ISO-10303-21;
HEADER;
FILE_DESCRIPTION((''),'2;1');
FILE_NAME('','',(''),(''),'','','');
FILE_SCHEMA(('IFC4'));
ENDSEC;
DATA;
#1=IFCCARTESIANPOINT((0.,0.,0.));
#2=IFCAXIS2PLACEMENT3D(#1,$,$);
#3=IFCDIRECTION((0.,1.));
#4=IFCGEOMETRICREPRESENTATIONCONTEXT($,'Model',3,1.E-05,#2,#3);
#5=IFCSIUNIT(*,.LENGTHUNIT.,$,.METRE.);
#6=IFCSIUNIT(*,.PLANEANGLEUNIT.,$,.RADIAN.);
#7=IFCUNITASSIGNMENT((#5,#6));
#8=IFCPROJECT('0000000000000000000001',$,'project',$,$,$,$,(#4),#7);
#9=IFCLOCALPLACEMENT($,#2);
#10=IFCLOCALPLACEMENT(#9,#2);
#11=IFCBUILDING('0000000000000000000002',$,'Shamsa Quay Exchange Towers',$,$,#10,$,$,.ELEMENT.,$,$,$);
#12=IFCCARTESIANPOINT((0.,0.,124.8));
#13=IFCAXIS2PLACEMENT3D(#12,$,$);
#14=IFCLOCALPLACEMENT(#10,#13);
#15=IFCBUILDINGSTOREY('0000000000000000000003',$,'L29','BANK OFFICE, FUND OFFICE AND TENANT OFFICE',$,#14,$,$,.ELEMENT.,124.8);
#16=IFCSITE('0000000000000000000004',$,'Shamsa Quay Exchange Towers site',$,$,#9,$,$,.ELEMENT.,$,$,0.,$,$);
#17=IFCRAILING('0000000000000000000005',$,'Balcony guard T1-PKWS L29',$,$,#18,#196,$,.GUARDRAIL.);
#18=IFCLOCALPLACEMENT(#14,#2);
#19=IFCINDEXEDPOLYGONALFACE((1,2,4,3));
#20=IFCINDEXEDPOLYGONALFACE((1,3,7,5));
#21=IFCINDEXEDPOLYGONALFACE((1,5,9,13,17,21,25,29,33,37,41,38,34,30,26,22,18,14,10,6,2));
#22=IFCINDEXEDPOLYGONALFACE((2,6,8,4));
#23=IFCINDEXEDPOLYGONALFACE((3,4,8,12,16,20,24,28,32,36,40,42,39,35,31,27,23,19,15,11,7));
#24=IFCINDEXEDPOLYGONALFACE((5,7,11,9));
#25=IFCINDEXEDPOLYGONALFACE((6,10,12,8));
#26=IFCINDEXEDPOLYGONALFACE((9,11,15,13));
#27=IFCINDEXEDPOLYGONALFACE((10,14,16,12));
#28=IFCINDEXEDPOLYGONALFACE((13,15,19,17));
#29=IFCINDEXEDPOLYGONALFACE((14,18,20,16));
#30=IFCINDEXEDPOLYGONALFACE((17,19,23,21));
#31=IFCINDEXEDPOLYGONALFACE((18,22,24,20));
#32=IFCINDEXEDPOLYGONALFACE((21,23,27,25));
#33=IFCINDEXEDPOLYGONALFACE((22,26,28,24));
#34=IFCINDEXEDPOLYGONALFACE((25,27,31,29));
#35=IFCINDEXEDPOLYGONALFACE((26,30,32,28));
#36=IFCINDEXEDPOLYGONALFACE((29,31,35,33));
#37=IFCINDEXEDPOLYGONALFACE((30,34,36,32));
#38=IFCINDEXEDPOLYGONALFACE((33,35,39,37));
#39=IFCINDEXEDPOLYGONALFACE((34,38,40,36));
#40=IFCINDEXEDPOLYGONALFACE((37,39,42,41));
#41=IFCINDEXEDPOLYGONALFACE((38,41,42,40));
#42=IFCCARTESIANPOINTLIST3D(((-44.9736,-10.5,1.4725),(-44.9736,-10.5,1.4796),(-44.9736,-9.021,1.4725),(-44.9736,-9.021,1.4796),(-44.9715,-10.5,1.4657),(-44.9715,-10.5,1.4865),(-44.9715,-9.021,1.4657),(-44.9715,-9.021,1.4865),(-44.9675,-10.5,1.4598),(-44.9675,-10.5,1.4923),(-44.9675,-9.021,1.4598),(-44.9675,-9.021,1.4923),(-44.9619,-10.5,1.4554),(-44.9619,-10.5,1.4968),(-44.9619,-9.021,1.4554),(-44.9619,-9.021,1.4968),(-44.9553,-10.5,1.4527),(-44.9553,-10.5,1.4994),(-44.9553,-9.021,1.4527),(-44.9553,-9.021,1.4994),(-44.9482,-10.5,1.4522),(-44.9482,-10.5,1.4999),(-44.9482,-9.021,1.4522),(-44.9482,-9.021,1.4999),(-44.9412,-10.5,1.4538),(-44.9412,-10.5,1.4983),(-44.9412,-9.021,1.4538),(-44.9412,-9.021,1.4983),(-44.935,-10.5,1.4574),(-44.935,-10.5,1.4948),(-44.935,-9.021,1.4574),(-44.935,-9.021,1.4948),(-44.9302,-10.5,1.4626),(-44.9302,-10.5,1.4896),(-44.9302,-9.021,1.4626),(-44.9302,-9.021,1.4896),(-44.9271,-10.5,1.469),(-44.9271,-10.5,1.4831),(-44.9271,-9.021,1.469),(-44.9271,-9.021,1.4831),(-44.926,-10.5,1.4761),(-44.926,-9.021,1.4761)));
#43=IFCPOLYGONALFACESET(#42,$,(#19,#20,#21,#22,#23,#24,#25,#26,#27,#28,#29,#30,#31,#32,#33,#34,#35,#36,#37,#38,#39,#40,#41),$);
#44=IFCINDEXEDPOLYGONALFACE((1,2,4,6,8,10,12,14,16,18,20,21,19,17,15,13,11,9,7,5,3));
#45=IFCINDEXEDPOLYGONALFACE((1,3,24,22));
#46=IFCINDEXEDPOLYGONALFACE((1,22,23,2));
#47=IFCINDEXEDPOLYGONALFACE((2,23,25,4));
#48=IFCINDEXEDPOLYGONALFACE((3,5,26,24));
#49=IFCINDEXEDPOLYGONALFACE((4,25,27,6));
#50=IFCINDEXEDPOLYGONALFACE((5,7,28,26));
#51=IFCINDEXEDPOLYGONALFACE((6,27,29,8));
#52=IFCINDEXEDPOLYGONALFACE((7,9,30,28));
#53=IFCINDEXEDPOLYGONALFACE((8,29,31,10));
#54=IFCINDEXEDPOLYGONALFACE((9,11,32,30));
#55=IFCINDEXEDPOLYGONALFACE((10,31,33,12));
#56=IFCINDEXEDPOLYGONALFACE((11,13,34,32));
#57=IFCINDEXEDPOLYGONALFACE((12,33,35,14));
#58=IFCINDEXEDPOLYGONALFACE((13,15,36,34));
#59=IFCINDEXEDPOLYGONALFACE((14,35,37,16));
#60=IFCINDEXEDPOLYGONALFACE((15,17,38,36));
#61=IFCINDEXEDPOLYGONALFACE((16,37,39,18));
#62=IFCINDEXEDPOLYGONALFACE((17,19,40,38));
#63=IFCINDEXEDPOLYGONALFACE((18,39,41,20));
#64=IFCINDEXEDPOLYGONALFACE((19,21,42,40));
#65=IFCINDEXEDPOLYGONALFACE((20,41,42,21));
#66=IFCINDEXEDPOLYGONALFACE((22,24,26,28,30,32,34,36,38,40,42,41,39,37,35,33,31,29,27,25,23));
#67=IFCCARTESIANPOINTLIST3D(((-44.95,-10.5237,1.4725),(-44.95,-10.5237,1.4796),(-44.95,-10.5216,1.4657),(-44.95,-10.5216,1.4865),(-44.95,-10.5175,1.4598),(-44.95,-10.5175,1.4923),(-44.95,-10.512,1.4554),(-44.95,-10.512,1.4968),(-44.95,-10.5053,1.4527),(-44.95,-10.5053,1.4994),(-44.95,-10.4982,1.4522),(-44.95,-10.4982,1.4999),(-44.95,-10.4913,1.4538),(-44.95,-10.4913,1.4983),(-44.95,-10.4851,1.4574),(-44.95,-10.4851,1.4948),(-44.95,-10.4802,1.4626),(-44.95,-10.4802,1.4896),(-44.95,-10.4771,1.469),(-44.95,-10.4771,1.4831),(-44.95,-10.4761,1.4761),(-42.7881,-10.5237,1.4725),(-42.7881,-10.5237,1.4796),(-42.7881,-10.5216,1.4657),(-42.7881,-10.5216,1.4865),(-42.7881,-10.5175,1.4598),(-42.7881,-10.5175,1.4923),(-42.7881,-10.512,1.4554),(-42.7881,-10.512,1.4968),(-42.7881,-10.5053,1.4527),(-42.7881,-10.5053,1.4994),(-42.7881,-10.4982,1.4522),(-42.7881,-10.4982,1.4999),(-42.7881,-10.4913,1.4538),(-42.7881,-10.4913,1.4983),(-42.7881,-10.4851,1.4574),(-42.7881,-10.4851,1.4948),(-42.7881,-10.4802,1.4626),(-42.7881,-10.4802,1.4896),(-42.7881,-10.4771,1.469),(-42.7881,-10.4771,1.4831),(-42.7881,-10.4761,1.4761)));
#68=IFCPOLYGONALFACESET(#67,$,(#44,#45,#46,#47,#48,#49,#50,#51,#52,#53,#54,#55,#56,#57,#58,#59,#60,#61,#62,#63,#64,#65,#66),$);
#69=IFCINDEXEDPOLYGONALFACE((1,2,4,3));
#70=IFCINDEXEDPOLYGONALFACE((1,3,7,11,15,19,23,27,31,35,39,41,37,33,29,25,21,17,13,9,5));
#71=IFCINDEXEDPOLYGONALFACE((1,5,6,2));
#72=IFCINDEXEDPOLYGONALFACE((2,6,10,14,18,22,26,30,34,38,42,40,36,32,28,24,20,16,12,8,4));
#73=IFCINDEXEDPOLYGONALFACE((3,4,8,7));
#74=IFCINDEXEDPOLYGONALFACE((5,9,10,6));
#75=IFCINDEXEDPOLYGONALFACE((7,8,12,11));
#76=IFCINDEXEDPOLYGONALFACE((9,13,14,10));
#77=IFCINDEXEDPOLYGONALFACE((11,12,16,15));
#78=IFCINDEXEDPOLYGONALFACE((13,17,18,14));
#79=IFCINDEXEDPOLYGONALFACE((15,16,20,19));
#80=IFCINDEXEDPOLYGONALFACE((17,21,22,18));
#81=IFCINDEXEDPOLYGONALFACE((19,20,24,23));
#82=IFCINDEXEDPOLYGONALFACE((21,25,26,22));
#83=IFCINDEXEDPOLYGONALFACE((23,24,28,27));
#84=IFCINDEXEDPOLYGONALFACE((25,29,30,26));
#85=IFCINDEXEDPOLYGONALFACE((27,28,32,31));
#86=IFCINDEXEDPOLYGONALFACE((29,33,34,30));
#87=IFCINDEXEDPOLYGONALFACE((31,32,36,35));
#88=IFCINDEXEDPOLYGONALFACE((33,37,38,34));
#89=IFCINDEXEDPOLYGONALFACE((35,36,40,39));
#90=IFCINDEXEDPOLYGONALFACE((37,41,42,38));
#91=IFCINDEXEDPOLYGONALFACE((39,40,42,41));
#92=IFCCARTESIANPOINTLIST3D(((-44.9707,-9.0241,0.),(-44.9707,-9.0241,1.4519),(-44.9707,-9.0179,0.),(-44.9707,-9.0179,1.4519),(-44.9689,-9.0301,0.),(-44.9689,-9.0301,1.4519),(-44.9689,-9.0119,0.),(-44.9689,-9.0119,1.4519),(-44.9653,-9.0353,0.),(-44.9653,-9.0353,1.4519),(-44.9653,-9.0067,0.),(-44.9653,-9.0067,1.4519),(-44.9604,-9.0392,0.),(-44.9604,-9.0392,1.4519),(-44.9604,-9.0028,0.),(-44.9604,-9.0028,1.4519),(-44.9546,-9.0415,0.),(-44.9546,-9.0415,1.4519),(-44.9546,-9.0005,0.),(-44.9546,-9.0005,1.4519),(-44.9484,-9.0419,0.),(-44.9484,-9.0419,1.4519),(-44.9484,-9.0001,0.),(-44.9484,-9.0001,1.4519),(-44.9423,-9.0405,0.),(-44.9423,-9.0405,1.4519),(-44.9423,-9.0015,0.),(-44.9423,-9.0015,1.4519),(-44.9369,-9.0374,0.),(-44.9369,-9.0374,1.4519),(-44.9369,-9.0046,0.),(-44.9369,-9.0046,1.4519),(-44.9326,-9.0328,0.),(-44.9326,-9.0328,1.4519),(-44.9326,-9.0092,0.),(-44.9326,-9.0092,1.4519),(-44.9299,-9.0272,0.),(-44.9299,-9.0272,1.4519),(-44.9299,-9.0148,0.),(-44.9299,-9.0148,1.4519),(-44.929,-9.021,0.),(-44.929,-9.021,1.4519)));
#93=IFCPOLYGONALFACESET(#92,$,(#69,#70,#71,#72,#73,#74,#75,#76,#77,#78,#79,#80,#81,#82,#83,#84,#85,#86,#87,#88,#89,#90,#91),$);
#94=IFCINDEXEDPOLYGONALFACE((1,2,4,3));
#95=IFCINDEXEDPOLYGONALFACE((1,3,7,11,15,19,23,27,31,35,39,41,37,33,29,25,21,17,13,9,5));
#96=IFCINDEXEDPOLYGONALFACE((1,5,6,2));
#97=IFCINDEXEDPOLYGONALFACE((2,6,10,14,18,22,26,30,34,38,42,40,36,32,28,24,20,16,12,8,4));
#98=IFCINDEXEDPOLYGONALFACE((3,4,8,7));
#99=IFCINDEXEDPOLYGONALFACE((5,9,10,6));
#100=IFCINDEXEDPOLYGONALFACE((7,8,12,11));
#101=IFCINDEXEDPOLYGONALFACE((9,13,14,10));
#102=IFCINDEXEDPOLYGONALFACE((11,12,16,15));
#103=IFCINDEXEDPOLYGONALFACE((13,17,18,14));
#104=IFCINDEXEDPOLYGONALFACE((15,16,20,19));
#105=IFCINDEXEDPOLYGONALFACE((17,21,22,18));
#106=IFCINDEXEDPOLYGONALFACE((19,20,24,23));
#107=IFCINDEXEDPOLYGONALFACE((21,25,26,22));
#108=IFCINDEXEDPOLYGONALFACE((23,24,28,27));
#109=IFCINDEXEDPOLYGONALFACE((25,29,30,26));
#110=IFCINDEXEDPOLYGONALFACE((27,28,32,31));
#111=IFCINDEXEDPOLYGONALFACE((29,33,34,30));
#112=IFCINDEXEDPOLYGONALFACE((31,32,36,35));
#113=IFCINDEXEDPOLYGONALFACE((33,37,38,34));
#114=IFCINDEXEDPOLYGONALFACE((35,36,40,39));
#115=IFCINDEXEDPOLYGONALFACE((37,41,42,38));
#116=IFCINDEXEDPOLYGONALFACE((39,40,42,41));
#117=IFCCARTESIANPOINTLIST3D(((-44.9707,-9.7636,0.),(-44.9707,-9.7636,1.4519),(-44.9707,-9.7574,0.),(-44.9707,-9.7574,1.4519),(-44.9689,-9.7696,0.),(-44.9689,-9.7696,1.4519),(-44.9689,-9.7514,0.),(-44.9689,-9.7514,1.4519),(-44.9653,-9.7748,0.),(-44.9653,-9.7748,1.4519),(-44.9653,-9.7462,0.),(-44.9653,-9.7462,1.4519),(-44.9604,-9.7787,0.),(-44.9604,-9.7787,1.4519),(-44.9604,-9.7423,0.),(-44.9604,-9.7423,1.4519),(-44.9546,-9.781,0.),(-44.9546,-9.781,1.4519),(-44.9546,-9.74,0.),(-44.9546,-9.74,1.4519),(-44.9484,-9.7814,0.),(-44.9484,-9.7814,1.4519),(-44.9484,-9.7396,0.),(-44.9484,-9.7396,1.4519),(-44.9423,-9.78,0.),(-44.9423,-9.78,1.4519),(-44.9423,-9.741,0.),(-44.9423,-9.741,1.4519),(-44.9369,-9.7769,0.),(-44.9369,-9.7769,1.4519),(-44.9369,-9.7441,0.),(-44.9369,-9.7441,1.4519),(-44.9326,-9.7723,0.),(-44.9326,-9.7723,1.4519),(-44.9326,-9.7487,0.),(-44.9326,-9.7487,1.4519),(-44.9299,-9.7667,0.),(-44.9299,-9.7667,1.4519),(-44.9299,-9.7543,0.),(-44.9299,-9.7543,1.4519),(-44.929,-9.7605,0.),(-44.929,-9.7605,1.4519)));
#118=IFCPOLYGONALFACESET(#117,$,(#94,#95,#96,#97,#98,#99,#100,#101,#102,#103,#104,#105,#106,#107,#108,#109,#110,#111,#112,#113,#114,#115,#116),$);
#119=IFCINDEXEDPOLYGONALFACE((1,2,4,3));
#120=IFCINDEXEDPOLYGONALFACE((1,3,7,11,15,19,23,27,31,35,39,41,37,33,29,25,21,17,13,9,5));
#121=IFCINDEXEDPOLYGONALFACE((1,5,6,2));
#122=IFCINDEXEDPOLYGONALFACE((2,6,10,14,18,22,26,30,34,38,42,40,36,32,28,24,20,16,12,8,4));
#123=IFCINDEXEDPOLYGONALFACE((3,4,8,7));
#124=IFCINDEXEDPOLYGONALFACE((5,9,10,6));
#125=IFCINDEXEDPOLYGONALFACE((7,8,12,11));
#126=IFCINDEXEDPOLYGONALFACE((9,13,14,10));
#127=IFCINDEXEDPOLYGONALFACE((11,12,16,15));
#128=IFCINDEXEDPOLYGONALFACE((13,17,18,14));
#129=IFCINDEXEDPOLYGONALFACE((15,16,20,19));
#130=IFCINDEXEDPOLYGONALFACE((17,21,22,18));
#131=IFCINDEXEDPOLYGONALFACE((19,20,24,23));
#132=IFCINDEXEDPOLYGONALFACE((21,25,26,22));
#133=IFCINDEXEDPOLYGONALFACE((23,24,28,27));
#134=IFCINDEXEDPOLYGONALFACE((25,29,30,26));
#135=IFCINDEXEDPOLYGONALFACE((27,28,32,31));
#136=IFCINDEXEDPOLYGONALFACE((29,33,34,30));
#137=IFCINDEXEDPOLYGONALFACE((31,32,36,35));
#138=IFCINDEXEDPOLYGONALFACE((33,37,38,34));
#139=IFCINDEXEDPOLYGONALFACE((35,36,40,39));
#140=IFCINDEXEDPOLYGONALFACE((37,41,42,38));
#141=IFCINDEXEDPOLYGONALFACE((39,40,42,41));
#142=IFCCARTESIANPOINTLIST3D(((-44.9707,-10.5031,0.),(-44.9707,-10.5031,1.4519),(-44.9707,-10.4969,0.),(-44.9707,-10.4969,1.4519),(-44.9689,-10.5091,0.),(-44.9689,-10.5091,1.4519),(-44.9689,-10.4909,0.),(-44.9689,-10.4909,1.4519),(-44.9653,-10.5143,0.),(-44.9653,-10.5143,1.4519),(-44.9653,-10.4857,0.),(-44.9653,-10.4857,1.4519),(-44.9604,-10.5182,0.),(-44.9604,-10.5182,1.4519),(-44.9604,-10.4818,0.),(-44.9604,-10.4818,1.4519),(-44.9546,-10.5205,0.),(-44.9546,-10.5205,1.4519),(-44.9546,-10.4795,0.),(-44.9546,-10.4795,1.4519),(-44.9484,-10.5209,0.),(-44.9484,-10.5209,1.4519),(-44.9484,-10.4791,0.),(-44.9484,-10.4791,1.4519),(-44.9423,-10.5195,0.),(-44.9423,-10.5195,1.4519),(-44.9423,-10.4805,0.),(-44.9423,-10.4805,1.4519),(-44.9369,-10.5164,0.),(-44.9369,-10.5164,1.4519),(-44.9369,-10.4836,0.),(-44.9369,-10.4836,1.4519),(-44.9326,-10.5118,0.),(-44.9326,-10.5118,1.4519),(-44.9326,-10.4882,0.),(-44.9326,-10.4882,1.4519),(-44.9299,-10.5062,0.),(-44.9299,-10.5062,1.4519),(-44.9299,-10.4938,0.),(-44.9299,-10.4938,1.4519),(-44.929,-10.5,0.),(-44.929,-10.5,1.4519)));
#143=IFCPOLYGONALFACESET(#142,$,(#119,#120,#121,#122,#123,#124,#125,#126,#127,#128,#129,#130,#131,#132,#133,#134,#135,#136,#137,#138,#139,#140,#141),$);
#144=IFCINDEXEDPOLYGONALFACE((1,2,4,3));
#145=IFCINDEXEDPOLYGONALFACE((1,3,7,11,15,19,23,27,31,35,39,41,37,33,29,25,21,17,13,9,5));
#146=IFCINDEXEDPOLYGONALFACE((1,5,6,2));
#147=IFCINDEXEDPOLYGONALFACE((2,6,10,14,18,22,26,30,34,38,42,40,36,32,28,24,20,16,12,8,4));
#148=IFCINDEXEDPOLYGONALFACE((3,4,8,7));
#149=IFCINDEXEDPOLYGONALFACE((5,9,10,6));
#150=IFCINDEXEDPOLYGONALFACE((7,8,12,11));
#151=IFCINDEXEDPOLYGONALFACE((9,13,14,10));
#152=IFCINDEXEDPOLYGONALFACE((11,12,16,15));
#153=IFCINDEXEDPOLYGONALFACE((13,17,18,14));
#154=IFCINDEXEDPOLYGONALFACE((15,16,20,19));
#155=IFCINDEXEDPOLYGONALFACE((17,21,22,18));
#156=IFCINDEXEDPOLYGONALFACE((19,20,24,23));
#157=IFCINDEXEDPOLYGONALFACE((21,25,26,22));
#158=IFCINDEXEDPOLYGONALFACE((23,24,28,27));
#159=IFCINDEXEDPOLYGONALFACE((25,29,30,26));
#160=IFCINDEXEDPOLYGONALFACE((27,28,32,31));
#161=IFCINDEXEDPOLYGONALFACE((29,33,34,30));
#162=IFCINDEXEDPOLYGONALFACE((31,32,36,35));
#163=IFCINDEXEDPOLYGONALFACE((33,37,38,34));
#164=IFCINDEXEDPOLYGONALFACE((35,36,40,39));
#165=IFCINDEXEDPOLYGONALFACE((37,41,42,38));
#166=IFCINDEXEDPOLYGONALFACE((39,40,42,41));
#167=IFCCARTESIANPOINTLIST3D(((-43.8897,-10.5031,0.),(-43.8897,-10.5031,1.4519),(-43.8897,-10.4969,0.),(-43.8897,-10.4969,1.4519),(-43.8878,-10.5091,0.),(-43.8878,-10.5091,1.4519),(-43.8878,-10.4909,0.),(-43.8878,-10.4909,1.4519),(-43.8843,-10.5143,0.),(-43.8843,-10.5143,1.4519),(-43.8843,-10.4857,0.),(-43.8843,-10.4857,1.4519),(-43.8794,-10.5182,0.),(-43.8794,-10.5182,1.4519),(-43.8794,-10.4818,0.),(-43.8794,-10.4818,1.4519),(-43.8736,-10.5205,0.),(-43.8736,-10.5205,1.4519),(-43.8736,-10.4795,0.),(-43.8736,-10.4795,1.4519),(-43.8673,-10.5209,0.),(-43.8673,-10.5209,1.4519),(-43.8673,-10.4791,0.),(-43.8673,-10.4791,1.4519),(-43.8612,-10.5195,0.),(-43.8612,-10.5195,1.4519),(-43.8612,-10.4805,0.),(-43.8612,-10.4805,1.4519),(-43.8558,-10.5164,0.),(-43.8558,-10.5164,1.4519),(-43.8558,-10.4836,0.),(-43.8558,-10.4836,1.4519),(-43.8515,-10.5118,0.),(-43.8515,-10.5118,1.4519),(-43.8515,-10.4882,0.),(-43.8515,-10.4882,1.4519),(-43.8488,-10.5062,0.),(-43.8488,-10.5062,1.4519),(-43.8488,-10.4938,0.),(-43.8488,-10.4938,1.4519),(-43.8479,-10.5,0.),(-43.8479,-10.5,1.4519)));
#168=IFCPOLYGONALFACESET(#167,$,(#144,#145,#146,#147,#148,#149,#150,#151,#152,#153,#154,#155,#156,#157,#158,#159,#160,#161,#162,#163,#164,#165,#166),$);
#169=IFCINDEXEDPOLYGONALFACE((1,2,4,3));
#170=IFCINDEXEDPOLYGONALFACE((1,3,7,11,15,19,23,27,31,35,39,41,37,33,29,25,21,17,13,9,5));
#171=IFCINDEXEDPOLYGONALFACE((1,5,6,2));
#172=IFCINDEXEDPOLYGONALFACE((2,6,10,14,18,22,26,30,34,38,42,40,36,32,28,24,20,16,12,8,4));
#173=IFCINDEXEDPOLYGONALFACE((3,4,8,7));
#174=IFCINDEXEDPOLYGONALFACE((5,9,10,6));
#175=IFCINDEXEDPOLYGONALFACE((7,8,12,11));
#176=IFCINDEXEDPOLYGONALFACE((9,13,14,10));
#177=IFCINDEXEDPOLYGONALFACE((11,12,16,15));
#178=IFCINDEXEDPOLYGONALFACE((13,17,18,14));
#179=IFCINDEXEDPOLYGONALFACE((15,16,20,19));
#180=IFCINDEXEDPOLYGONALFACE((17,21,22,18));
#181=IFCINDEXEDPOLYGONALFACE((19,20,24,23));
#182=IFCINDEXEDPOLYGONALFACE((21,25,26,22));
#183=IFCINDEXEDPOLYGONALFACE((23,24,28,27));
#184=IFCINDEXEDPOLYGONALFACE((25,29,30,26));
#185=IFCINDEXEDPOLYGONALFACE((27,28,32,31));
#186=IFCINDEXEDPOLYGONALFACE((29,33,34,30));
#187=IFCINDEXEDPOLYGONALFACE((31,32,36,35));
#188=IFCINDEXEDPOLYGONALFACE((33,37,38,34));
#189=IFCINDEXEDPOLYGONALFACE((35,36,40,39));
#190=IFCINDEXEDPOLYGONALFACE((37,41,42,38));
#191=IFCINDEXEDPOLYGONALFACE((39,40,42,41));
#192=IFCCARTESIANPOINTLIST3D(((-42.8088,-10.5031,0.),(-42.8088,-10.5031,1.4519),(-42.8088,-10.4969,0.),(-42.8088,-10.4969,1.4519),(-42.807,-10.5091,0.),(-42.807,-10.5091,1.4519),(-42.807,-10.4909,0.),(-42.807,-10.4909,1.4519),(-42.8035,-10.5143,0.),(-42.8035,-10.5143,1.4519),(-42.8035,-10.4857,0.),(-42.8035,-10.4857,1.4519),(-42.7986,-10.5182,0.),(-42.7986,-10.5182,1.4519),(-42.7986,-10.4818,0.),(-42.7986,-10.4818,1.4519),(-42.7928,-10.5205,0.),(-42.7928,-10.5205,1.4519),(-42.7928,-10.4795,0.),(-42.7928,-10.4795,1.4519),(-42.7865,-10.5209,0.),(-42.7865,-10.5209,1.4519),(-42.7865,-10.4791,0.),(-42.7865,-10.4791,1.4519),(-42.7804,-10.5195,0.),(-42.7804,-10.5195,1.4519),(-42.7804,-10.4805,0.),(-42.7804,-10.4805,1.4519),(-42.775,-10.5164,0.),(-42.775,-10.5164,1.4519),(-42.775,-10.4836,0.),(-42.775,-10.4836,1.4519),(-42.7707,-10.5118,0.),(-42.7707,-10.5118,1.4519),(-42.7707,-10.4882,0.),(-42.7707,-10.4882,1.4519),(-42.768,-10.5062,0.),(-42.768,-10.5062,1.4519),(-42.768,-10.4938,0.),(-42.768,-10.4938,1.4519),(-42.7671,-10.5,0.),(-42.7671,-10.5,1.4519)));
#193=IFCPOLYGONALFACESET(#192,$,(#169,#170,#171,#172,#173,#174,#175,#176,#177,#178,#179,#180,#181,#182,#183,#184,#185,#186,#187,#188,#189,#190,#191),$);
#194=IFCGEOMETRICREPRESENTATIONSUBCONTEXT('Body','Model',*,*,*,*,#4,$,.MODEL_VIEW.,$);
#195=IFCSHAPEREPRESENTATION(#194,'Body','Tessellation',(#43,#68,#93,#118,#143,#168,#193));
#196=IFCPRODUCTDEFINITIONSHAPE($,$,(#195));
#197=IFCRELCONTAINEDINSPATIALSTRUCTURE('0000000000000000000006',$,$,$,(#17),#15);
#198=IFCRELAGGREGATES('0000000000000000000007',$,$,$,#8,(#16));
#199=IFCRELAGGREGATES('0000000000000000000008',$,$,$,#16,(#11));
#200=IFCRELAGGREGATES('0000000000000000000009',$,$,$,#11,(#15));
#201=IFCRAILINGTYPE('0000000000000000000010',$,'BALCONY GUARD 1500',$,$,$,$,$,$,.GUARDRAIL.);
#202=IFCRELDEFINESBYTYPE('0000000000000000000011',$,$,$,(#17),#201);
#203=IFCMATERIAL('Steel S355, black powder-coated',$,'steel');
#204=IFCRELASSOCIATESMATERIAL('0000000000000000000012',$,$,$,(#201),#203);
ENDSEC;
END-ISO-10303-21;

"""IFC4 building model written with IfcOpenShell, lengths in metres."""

from ifc_helpers import new_model, si_unit, direction, frame, origin, origin_2d, place, context, subcontext, project, spatial, circle, extrude, material, type_object, element, save


model = new_model("IFC4")

# Units and contexts
model_context = context("Model", 3, precision=1e-05, world=origin(), true_north=direction((0.0, 1.0)))
body_context = subcontext(model_context, "Body", "Model", "MODEL_VIEW")
ifc_project = project(units=[si_unit("LENGTHUNIT", "METRE"), si_unit("PLANEANGLEUNIT", "RADIAN")], contexts=[model_context])

# Site, building, storey
site_placement = place(None, origin())
site = spatial("IfcSite", under=ifc_project, at=site_placement, Name="Shamsa Quay Exchange Towers site", CompositionType="ELEMENT", RefElevation=0.0)
building_placement = place(site_placement, origin())
building = spatial("IfcBuilding", under=site, at=building_placement, Name="Shamsa Quay Exchange Towers", CompositionType="ELEMENT")
storey_placement = place(building_placement, frame((0.0, 0.0, 124.8)))
storey = spatial("IfcBuildingStorey", under=building, at=storey_placement, Name="L29", Description="BANK OFFICE, FUND OFFICE AND TENANT OFFICE", CompositionType="ELEMENT", Elevation=124.8)

# Railing
ifc_material_1 = material(Name="Steel S355, black powder-coated", Category="steel")
railing_type = type_object("IfcRailingType", Name="BALCONY GUARD 1500", PredefinedType="GUARDRAIL", material=ifc_material_1)
for number, where, name in (
    (1, (-44.95, -9.021, 0.0), "Balcony guard T1-PKWS L29"),
):
    element("IfcRailing", number, at=place(storey_placement, frame(where)), inside=storey, type_object=railing_type, Name=name, PredefinedType="GUARDRAIL", context=body_context, shape_type="SweptSolid", body=[
        extrude(circle(Radius=0.0239, at=origin_2d()), frame((0.0, 0.0, 1.4761), z_axis=(0.0, -1.0, 0.0), x_axis=(1.0, 0.0, 0.0)), (0.0, 0.0, 1.0), 1.479),
        extrude(circle(Radius=0.0239, at=origin_2d()), frame((0.0, -1.479, 1.4761), z_axis=(1.0, 0.0, 0.0), x_axis=(0.0, 1.0, 0.0)), (0.0, 0.0, 1.0), 2.1619),
        extrude(circle(Radius=0.021, at=origin_2d()), origin(), (0.0, 0.0, 1.0), 1.4519),
        extrude(circle(Radius=0.021, at=origin_2d()), frame((0.0, -0.7395, 0.0)), (0.0, 0.0, 1.0), 1.4519),
        extrude(circle(Radius=0.021, at=origin_2d()), frame((0.0, -1.479, 0.0)), (0.0, 0.0, 1.0), 1.4519),
        extrude(circle(Radius=0.021, at=origin_2d()), frame((1.0811, -1.479, 0.0)), (0.0, 0.0, 1.0), 1.4519),
        extrude(circle(Radius=0.021, at=origin_2d()), frame((2.1619, -1.479, 0.0)), (0.0, 0.0, 1.0), 1.4519),
    ])

save(model, "model.ifc")
